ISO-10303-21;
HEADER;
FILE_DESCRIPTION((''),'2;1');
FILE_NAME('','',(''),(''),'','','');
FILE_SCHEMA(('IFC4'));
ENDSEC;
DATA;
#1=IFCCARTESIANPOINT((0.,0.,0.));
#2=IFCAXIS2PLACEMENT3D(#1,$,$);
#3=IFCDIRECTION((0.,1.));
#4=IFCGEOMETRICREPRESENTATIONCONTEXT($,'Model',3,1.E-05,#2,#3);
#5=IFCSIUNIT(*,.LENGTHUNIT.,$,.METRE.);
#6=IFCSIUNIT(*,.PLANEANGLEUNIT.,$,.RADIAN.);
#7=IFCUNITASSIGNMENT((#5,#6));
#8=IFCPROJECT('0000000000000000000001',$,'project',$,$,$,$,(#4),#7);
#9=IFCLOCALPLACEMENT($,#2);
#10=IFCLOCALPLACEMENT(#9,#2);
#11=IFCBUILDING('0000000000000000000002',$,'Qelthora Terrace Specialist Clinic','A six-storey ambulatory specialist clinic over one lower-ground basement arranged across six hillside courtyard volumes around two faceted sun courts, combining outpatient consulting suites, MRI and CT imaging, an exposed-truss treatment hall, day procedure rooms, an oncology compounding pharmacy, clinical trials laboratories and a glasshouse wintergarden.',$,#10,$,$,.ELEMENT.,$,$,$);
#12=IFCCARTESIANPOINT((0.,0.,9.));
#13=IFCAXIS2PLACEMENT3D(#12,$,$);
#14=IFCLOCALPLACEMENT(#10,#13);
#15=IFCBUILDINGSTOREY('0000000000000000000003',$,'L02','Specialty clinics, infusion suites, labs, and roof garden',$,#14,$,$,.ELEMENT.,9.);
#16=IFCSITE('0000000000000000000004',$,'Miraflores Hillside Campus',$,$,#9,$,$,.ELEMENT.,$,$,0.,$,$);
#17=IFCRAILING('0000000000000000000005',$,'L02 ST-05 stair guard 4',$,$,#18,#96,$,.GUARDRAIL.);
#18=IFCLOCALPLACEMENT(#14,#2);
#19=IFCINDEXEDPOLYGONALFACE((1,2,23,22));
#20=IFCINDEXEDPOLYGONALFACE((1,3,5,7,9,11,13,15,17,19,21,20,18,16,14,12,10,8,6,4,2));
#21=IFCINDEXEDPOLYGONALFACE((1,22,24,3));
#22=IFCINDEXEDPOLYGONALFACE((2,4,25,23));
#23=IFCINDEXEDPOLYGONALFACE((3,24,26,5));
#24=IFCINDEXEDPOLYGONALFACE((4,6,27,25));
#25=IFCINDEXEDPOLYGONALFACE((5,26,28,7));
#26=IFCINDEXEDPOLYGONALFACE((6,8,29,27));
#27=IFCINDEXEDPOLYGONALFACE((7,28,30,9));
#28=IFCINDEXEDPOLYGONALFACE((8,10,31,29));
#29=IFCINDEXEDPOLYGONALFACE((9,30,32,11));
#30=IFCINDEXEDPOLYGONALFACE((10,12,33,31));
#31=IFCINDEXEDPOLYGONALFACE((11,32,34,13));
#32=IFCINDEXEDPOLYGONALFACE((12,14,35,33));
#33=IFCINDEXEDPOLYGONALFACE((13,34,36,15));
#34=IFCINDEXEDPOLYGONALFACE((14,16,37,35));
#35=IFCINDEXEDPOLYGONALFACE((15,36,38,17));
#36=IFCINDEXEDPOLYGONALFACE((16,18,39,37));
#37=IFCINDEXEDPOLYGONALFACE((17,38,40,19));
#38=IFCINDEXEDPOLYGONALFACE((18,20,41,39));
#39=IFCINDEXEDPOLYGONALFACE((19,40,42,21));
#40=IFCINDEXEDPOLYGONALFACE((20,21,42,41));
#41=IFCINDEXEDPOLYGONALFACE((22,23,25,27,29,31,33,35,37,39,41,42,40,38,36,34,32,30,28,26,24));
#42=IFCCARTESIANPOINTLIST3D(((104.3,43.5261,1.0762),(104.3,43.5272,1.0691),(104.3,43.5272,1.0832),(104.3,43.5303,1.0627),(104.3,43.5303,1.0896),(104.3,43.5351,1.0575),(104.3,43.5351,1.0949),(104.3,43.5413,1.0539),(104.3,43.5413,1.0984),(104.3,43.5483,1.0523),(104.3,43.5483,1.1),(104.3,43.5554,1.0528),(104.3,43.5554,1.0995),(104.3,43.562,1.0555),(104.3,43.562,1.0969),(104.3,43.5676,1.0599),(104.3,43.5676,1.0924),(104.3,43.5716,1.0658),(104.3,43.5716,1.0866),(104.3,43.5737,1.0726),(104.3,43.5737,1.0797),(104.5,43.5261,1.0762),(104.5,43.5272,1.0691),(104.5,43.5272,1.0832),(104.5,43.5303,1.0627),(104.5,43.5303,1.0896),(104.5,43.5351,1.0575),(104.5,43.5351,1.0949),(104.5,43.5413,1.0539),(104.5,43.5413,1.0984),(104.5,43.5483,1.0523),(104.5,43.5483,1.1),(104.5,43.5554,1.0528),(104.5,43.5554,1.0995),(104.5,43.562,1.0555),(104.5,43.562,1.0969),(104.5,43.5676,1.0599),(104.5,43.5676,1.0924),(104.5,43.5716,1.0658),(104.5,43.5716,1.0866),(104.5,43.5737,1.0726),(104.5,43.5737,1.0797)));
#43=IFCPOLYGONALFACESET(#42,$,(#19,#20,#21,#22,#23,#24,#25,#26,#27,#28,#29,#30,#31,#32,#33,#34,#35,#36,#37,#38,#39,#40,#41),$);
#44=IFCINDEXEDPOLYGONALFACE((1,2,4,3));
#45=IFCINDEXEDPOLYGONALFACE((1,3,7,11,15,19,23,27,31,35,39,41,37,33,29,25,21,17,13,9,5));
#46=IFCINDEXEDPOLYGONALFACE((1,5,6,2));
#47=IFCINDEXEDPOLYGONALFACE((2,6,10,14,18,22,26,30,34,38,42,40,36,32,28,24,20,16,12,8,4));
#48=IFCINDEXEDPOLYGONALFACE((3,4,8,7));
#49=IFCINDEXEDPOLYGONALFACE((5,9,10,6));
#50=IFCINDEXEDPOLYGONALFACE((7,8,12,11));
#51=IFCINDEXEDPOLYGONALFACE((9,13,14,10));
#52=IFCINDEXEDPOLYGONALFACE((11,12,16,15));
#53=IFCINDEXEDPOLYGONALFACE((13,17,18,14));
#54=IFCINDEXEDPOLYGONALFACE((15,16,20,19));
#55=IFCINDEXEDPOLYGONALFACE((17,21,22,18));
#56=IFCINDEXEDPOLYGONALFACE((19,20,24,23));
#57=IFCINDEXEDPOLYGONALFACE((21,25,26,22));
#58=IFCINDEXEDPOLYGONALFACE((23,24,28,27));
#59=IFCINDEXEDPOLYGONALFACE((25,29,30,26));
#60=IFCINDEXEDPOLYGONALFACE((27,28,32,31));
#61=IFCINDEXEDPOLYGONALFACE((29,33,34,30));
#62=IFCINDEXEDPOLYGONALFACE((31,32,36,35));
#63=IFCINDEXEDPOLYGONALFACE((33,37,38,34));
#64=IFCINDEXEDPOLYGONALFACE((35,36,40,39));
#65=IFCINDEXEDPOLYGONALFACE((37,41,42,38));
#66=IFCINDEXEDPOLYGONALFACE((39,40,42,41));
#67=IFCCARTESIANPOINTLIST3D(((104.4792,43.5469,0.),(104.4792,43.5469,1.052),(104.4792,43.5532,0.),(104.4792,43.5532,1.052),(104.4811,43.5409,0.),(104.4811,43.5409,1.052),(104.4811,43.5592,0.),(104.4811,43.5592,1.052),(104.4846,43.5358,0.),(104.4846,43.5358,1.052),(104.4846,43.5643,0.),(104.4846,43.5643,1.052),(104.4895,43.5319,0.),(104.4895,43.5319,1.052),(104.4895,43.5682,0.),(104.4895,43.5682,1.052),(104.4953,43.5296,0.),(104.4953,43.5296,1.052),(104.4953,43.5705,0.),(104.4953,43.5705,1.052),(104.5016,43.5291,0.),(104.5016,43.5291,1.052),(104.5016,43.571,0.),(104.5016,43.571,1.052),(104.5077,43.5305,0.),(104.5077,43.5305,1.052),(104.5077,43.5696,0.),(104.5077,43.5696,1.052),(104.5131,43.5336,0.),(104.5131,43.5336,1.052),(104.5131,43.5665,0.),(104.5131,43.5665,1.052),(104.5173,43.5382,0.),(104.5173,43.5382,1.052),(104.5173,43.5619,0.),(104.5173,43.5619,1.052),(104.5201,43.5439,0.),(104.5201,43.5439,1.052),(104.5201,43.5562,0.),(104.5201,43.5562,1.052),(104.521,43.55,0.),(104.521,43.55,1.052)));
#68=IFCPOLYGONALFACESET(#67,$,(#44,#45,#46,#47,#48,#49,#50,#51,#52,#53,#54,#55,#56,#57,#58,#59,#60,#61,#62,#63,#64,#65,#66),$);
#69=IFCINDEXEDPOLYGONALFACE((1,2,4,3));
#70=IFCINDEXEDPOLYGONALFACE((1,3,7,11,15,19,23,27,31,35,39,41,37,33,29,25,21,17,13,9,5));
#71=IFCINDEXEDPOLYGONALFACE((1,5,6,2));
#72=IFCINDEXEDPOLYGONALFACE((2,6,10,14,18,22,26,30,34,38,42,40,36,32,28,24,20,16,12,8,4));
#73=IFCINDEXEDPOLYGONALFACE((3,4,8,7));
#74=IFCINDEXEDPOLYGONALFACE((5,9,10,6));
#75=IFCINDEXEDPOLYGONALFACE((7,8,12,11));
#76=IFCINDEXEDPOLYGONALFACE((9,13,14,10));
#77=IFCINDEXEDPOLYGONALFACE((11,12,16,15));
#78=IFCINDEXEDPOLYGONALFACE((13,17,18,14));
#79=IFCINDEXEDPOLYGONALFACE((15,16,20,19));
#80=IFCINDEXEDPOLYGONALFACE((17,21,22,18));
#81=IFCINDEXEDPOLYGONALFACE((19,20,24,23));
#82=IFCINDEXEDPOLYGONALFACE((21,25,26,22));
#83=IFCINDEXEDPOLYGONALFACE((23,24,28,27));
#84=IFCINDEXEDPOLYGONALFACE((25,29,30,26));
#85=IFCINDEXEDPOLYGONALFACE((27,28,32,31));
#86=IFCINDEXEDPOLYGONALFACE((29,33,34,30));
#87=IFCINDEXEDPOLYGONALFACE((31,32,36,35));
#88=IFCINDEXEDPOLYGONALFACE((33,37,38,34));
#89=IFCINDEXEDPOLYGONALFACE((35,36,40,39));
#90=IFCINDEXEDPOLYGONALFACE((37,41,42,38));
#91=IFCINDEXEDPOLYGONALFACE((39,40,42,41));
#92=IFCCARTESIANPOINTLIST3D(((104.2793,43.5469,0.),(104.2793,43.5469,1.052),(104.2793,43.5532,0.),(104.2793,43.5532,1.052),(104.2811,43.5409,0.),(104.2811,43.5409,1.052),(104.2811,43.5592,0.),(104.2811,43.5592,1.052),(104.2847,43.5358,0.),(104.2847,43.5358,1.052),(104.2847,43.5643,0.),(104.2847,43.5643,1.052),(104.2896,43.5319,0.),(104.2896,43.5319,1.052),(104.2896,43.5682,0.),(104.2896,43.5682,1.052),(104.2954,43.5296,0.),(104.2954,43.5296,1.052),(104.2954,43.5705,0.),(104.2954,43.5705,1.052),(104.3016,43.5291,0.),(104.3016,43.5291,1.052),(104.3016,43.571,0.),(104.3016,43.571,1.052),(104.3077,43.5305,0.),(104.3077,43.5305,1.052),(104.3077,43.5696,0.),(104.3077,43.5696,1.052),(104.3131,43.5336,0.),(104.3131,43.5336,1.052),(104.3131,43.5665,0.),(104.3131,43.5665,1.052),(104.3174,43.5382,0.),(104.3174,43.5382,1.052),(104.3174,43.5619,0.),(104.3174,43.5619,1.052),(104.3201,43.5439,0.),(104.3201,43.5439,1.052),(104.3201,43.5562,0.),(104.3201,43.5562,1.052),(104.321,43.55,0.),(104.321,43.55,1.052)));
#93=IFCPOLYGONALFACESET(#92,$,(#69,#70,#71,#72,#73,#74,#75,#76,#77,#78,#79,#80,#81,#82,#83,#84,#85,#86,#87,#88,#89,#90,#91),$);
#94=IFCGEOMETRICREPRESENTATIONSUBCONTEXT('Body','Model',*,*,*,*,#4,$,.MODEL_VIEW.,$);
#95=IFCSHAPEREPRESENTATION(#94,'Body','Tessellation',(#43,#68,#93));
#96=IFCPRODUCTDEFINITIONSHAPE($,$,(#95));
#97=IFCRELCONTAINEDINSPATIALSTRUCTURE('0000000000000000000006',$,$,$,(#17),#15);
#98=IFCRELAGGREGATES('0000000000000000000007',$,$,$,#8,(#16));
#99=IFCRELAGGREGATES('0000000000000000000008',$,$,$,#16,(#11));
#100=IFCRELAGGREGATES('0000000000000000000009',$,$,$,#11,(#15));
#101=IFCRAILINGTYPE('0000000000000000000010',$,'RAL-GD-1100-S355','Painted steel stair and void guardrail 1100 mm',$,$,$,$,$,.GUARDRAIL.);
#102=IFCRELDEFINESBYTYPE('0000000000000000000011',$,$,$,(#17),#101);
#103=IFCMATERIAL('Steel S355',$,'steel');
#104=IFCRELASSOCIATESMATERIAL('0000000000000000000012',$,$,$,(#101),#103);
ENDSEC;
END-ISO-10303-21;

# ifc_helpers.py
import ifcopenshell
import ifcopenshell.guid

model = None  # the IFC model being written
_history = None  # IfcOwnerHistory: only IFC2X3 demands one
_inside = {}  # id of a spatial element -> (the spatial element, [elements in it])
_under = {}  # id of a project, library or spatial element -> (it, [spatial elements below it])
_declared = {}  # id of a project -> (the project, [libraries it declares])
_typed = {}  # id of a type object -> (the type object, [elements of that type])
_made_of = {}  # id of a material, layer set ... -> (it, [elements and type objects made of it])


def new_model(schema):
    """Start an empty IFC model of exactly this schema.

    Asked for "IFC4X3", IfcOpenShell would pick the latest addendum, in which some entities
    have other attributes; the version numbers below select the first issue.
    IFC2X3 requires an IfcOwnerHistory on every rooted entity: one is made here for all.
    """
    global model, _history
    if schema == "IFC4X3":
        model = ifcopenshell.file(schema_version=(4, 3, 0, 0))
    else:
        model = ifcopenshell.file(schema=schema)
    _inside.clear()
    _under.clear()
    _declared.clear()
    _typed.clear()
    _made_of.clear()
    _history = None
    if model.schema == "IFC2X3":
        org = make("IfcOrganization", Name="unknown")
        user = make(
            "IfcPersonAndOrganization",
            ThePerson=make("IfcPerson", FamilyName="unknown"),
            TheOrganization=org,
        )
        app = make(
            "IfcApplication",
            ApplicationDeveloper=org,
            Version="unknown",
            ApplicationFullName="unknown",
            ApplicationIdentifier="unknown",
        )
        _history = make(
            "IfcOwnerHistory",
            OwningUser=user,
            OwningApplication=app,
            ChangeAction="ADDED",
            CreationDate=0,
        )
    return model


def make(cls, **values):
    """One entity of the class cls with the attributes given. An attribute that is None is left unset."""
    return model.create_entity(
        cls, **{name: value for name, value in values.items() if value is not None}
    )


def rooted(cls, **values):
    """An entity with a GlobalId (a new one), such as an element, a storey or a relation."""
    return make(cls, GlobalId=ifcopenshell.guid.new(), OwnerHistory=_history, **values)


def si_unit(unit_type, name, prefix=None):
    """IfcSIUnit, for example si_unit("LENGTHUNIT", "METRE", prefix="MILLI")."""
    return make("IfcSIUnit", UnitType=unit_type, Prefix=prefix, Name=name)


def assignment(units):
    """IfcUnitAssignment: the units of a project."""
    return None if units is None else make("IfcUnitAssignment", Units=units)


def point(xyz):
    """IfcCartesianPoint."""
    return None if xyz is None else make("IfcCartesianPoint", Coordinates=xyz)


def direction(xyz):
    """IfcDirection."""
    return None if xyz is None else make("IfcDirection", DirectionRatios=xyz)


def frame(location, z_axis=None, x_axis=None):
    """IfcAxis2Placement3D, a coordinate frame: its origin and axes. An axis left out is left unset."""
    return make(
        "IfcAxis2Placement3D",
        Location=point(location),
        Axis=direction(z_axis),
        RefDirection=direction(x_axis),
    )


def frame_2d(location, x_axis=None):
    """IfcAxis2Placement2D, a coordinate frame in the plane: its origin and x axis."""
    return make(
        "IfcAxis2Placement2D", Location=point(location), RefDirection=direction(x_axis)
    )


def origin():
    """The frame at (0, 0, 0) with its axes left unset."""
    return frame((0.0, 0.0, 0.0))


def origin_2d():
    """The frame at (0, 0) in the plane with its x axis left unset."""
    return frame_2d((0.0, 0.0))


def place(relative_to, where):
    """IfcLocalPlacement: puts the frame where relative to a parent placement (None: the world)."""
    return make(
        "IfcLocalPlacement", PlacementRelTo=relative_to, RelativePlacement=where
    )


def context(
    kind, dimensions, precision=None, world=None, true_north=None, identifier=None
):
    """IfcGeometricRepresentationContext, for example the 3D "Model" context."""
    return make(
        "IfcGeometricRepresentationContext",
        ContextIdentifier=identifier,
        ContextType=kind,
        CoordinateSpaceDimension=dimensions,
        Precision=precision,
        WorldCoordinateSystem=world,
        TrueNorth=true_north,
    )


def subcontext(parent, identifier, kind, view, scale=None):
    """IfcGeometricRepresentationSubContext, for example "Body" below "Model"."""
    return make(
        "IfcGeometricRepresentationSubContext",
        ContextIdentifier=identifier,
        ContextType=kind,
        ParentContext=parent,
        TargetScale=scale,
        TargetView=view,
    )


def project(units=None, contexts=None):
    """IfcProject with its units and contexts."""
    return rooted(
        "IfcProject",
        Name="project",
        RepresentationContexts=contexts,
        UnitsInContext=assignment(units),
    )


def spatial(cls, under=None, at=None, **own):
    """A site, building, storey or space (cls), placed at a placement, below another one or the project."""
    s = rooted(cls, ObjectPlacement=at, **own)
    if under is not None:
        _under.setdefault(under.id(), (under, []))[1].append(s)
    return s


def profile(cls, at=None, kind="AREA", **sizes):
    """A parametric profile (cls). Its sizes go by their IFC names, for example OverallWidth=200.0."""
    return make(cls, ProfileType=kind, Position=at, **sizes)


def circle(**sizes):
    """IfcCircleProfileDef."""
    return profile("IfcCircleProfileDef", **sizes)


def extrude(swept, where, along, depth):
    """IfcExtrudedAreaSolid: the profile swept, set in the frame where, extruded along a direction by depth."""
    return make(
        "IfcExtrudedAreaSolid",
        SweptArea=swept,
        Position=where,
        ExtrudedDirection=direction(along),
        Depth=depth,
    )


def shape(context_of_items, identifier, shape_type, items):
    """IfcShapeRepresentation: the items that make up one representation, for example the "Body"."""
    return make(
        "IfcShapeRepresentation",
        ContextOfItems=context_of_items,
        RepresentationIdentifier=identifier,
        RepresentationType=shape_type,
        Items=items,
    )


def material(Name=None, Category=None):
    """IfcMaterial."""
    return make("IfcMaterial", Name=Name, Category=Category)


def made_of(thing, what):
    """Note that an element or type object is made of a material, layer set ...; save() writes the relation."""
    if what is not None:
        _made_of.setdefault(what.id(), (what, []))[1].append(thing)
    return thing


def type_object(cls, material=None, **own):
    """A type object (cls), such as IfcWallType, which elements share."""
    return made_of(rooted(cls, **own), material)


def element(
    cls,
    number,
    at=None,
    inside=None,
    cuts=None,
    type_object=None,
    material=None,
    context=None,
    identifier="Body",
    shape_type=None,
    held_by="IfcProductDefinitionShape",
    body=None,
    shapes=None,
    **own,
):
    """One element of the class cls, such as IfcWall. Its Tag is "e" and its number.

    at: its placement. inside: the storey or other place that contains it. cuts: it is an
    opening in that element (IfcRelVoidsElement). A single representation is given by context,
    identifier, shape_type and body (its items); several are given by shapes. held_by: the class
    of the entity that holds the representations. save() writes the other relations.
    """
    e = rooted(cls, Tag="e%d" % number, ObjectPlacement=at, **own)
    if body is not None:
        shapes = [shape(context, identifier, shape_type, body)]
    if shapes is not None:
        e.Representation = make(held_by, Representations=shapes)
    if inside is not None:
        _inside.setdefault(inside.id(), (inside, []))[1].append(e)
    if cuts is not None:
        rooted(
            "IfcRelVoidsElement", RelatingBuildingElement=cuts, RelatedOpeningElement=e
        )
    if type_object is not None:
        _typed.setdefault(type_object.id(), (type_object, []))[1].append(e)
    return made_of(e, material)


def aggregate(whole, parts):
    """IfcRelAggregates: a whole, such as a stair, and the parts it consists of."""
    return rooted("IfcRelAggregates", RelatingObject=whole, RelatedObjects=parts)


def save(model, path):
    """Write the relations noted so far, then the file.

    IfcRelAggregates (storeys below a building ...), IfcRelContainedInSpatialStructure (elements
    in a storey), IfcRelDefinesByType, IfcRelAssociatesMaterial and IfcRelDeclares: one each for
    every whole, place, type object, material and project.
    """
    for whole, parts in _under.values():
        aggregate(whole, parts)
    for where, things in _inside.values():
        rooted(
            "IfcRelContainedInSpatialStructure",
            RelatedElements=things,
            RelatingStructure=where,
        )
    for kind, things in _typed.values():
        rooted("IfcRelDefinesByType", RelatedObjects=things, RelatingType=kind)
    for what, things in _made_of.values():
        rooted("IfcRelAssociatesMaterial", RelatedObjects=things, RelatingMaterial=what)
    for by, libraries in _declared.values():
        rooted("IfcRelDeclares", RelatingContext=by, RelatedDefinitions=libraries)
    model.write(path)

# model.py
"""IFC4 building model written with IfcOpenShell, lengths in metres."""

from ifc_helpers import new_model, si_unit, direction, frame, origin, origin_2d, place, context, subcontext, project, spatial, circle, extrude, material, type_object, element, save


model = new_model("IFC4")

# Units and contexts
model_context = context("Model", 3, precision=1e-05, world=origin(), true_north=direction((0.0, 1.0)))
body_context = subcontext(model_context, "Body", "Model", "MODEL_VIEW")
ifc_project = project(units=[si_unit("LENGTHUNIT", "METRE"), si_unit("PLANEANGLEUNIT", "RADIAN")], contexts=[model_context])

# Site, building, storey
site_placement = place(None, origin())
site = spatial("IfcSite", under=ifc_project, at=site_placement, Name="Miraflores Hillside Campus", CompositionType="ELEMENT", RefElevation=0.0)
building_placement = place(site_placement, origin())
building = spatial("IfcBuilding", under=site, at=building_placement, Name="Qelthora Terrace Specialist Clinic", Description="A six-storey ambulatory specialist clinic over one lower-ground basement arranged across six hillside courtyard volumes around two faceted sun courts, combining outpatient consulting suites, MRI and CT imaging, an exposed-truss treatment hall, day procedure rooms, an oncology compounding pharmacy, clinical trials laboratories and a glasshouse wintergarden.", CompositionType="ELEMENT")
storey_placement = place(building_placement, frame((0.0, 0.0, 9.0)))
storey = spatial("IfcBuildingStorey", under=building, at=storey_placement, Name="L02", Description="Specialty clinics, infusion suites, labs, and roof garden", CompositionType="ELEMENT", Elevation=9.0)

# Shared definitions
ifc_material_1 = material(Name="Steel S355", Category="steel")

# Railing
railing_type_1 = type_object("IfcRailingType", Name="RAL-GD-1100-S355", Description="Painted steel stair and void guardrail 1100 mm", PredefinedType="GUARDRAIL", material=ifc_material_1)
railing_1_placement = place(storey_placement, frame((104.5, 43.55, 0.0)))
element("IfcRailing", 1, at=railing_1_placement, inside=storey, type_object=railing_type_1, Name="L02 ST-05 stair guard 4", PredefinedType="GUARDRAIL", context=body_context, shape_type="SweptSolid", body=[
    extrude(circle(Radius=0.0239, at=origin_2d()), frame((0.0, 0.0, 1.0762), z_axis=(-1.0, 0.0, 0.0), x_axis=(0.0, -1.0, 0.0)), (0.0, 0.0, 1.0), 0.2),
    extrude(circle(Radius=0.021, at=origin_2d()), origin(), (0.0, 0.0, 1.0), 1.052),
    extrude(circle(Radius=0.021, at=origin_2d()), frame((-0.2, 0.0, 0.0)), (0.0, 0.0, 1.0), 1.052),
])

save(model, "model.ifc")
